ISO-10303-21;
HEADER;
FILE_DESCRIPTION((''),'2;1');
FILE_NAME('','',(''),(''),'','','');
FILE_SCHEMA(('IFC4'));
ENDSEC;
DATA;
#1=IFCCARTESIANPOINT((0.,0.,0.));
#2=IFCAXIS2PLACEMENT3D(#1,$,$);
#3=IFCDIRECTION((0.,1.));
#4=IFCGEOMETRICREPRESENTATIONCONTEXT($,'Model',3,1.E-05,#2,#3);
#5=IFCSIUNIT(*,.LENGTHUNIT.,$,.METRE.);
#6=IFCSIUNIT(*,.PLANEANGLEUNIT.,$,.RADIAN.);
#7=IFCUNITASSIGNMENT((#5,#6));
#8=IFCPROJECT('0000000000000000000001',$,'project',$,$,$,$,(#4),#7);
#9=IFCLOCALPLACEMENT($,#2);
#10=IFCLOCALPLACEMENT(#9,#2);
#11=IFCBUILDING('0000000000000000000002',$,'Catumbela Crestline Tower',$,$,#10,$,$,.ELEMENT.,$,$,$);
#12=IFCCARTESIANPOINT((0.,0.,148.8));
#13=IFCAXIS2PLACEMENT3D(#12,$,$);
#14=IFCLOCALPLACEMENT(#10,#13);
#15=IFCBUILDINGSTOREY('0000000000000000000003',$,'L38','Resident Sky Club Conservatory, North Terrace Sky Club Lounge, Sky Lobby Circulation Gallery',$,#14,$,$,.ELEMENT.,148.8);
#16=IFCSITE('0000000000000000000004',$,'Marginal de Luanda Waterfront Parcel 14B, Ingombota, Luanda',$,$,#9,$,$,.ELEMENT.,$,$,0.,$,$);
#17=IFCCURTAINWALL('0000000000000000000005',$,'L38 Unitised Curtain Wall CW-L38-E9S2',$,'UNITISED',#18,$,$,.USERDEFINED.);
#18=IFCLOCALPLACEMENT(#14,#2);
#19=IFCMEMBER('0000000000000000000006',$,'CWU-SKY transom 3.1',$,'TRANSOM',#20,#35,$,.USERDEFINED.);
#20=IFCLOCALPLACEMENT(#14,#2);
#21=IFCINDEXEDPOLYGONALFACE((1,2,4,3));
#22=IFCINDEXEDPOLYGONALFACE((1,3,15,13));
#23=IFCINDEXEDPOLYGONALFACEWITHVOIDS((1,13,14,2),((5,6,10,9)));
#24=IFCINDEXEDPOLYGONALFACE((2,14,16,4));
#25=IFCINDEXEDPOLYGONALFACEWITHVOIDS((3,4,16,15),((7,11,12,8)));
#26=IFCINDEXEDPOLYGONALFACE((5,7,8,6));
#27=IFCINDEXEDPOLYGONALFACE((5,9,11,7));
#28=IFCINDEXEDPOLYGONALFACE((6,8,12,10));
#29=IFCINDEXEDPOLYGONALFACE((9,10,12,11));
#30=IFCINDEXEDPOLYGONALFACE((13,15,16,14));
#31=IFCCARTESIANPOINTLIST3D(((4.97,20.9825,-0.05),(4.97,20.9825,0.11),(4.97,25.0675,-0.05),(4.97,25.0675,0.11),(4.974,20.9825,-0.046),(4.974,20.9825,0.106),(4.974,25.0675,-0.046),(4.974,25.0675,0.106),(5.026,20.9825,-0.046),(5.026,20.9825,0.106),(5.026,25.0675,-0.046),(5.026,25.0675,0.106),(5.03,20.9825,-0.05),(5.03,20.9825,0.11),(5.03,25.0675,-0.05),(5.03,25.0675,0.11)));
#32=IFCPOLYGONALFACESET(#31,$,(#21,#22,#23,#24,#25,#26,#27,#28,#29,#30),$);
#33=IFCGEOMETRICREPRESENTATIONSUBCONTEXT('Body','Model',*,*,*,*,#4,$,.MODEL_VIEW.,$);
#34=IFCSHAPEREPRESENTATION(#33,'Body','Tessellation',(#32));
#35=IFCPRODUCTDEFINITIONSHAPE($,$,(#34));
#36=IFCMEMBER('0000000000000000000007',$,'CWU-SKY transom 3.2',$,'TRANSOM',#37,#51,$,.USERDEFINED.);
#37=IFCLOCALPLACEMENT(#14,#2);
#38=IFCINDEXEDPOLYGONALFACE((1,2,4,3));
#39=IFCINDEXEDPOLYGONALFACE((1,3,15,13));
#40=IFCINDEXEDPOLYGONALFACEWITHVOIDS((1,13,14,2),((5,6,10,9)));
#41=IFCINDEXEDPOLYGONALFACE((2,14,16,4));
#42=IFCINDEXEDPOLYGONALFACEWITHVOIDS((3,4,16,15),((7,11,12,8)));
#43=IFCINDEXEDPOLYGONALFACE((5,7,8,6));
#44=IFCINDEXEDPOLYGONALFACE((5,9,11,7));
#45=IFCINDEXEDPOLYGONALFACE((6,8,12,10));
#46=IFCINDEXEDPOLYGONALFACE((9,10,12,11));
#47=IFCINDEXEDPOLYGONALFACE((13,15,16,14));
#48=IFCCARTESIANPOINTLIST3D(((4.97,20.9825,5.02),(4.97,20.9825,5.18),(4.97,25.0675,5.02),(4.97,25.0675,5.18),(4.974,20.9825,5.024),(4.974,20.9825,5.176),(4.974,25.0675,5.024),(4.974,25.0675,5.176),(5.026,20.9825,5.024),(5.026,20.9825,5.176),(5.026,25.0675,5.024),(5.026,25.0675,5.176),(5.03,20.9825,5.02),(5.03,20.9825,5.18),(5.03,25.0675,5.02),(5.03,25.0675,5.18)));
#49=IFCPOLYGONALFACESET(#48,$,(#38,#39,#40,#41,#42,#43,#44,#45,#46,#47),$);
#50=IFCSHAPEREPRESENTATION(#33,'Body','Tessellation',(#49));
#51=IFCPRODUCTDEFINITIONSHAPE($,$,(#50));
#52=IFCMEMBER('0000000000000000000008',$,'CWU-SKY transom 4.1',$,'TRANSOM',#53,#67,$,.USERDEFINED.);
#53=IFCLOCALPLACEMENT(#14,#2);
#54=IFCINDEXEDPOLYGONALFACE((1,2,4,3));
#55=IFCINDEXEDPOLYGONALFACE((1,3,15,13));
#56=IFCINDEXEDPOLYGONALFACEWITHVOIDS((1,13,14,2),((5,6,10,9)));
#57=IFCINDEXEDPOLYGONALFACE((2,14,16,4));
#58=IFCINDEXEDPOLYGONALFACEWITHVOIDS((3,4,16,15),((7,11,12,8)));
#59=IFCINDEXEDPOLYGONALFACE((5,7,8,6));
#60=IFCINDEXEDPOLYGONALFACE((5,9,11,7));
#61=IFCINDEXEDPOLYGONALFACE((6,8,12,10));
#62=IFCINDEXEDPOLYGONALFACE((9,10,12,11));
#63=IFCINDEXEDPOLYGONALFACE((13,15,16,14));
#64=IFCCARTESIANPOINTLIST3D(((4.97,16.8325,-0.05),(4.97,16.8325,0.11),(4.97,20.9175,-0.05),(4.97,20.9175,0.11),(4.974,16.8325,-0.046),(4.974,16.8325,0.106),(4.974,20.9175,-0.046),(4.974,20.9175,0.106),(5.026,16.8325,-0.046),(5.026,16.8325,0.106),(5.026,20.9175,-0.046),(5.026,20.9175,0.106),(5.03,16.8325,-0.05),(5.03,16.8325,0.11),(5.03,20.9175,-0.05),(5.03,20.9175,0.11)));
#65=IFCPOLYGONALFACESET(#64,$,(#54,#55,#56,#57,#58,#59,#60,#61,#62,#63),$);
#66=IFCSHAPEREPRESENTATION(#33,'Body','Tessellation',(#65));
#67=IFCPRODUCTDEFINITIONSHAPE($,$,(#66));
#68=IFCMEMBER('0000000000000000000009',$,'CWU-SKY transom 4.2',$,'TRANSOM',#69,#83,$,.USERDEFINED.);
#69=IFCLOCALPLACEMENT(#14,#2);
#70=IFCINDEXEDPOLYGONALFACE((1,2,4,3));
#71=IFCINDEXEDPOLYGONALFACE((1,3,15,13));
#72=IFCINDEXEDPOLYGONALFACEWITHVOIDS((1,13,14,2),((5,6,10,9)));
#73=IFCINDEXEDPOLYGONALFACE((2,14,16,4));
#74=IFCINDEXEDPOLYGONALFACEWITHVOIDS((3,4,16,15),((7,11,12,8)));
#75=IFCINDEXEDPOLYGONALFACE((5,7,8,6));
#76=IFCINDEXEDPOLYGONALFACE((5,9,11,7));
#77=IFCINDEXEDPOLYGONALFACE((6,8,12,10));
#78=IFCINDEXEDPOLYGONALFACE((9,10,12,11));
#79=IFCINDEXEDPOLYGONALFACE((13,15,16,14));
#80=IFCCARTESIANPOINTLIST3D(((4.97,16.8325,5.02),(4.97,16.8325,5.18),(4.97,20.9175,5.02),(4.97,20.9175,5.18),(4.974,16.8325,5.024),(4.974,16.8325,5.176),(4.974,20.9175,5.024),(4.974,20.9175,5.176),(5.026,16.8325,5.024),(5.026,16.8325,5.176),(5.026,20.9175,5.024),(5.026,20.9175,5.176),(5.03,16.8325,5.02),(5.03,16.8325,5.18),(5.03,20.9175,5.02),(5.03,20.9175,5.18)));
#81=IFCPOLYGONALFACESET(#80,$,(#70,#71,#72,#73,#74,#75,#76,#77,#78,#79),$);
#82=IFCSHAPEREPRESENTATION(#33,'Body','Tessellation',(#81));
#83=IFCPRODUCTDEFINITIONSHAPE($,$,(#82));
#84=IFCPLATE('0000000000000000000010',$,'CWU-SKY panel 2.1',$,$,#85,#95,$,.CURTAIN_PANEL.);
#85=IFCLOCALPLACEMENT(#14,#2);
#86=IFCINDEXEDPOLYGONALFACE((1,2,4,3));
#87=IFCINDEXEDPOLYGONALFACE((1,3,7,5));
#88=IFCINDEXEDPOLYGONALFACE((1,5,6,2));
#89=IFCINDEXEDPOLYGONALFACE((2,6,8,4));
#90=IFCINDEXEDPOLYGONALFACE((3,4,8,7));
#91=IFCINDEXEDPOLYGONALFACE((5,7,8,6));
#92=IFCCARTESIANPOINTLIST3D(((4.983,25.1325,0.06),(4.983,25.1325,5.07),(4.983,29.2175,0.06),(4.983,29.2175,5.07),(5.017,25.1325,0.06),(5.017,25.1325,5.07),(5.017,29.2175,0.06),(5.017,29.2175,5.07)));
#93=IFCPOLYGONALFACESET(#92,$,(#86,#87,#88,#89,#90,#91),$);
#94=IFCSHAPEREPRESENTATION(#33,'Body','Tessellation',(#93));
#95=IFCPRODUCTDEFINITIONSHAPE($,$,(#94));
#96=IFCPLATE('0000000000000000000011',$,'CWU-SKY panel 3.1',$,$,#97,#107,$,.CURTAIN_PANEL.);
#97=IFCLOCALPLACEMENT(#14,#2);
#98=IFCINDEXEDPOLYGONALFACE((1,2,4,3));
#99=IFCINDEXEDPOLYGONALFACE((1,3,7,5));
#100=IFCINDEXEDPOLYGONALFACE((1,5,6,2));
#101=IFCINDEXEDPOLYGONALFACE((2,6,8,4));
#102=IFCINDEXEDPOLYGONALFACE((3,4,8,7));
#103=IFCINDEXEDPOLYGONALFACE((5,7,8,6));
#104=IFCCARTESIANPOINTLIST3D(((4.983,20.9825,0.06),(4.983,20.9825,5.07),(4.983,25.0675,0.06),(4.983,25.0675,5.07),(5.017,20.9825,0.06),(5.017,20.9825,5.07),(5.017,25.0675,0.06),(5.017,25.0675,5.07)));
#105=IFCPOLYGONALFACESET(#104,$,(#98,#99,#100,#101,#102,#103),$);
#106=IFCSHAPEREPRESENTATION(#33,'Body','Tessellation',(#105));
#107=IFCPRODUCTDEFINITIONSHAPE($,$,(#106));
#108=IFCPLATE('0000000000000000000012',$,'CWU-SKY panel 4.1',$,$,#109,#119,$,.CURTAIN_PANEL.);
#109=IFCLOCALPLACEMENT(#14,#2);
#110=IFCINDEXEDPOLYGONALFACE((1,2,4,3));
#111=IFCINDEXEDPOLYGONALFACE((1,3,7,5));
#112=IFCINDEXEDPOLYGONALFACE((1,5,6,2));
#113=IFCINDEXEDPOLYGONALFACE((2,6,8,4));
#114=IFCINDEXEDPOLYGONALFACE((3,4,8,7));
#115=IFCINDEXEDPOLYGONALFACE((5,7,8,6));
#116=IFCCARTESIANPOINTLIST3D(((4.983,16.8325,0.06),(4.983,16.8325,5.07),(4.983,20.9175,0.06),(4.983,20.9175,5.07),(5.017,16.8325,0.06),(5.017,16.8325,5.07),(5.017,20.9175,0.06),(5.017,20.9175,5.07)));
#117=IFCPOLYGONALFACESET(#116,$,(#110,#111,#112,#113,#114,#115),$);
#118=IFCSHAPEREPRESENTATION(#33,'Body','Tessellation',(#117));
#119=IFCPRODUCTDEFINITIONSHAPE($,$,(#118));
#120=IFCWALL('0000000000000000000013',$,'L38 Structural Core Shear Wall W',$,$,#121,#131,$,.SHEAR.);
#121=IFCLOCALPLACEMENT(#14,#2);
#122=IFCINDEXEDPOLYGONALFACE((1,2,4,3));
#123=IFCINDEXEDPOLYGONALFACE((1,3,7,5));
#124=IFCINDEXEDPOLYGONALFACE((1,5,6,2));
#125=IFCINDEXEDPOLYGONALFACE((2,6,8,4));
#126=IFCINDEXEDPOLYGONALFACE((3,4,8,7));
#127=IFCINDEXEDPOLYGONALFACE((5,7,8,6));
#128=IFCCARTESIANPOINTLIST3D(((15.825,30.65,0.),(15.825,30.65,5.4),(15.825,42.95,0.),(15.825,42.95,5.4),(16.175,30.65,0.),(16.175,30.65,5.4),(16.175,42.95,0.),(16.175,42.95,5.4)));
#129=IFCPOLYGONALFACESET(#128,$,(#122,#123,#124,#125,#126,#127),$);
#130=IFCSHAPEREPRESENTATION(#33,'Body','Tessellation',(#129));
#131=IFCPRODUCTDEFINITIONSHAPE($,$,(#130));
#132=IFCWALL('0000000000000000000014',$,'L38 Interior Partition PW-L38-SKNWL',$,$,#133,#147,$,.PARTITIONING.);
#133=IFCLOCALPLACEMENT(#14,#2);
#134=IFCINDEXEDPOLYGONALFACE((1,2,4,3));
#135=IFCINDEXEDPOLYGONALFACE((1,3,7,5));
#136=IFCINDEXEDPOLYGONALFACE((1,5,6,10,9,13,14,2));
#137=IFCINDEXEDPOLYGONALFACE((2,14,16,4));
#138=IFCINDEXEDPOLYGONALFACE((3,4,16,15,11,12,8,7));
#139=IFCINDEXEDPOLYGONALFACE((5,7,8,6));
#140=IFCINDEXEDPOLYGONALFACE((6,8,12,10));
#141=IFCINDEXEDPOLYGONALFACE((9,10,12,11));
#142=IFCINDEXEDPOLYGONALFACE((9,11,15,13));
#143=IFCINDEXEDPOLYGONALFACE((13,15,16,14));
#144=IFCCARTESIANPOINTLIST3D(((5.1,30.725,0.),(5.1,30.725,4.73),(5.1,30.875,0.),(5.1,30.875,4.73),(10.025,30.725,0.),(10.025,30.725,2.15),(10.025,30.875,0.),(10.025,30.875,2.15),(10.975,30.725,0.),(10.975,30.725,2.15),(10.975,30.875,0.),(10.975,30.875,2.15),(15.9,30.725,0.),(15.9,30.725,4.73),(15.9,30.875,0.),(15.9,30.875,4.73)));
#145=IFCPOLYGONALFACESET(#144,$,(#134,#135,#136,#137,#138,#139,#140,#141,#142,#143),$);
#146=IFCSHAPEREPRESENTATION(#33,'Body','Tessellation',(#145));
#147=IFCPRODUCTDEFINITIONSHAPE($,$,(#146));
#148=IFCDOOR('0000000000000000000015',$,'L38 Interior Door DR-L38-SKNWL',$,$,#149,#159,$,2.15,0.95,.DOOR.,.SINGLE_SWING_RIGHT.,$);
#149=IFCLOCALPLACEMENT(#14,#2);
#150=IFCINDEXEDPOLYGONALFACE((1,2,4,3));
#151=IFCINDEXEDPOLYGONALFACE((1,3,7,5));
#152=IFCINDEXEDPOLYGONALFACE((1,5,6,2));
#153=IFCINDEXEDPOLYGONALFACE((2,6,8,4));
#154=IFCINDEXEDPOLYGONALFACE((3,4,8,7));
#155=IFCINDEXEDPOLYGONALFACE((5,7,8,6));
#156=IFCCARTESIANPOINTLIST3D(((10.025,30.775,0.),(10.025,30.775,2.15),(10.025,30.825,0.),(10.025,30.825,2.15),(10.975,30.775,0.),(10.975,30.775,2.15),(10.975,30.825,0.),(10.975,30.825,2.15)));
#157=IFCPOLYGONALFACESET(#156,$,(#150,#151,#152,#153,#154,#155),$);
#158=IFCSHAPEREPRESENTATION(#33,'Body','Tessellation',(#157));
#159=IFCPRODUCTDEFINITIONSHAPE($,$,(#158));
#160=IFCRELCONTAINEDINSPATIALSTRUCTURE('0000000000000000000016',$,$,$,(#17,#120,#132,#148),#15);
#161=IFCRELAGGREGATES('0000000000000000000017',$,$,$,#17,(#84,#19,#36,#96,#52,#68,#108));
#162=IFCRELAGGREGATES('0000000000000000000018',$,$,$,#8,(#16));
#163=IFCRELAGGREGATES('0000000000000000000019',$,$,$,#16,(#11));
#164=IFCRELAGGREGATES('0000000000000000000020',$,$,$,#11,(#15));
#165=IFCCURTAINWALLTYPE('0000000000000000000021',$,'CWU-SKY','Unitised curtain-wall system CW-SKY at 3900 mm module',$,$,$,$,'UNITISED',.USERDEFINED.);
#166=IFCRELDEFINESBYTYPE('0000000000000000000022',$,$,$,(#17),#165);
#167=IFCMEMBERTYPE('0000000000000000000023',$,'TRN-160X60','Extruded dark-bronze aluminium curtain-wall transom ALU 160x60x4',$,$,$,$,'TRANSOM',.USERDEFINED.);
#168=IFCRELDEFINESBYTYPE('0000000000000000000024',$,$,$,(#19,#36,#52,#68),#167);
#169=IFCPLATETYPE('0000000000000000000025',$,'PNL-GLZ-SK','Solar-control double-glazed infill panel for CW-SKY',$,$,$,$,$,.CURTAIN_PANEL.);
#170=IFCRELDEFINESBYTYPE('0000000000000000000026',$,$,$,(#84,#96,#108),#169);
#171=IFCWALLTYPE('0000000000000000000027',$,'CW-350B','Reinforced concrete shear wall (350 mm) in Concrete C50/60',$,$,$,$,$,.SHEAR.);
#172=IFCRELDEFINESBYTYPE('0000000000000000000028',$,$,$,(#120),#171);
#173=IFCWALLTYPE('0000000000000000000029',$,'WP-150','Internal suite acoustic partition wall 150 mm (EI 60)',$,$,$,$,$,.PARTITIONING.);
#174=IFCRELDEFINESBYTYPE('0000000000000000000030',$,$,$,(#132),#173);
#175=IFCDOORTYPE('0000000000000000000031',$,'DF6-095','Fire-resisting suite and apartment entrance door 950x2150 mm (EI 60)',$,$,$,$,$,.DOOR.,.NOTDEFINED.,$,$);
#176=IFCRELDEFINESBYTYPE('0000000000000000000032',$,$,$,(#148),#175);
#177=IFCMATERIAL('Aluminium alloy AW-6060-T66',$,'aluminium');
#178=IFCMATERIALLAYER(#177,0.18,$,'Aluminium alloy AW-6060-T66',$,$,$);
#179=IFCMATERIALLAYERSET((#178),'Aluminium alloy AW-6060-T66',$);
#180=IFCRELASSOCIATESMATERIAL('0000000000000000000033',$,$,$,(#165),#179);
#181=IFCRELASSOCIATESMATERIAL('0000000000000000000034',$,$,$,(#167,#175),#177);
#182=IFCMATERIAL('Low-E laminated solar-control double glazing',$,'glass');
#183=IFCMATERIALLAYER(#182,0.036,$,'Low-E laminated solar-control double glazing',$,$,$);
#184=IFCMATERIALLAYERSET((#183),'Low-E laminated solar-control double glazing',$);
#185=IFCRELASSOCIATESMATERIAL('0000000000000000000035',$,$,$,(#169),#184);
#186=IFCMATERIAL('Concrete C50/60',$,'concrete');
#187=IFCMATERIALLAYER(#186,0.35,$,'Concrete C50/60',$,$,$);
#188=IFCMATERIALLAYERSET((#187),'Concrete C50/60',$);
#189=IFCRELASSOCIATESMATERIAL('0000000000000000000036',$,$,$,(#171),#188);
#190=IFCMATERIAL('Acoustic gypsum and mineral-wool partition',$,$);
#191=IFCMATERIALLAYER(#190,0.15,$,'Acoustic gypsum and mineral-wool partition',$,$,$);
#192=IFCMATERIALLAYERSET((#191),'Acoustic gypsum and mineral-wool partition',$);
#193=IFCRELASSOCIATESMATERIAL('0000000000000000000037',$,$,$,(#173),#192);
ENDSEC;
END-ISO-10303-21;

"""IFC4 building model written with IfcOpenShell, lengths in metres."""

from ifc_helpers import new_model, si_unit, direction, frame, frame_2d, origin, origin_2d, place, context, subcontext, project, spatial, rectangle, hollow_rectangle, extrude, material, layer, layer_set, material_profile, profile_set, type_object, element, fill, aggregate, save


model = new_model("IFC4")

# Units and contexts
model_context = context("Model", 3, precision=1e-05, world=origin(), true_north=direction((0.0, 1.0)))
body_context = subcontext(model_context, "Body", "Model", "MODEL_VIEW")
ifc_project = project(units=[si_unit("LENGTHUNIT", "METRE"), si_unit("PLANEANGLEUNIT", "RADIAN")], contexts=[model_context])

# Site, building, storey
site_placement = place(None, origin())
site = spatial("IfcSite", under=ifc_project, at=site_placement, Name="Marginal de Luanda Waterfront Parcel 14B, Ingombota, Luanda", CompositionType="ELEMENT", RefElevation=0.0)
building_placement = place(site_placement, origin())
building = spatial("IfcBuilding", under=site, at=building_placement, Name="Catumbela Crestline Tower", CompositionType="ELEMENT")
storey_placement = place(building_placement, frame((0.0, 0.0, 148.8)))
storey = spatial("IfcBuildingStorey", under=building, at=storey_placement, Name="L38", Description="Resident Sky Club Conservatory, North Terrace Sky Club Lounge, Sky Lobby Circulation Gallery", CompositionType="ELEMENT", Elevation=148.8)

# Shared definitions
ifc_material_1 = material(Name="Concrete C50/60", Category="concrete")

# Curtain wall
ifc_material_2 = material(Name="Aluminium alloy AW-6060-T66", Category="aluminium")
ifc_layer_1 = layer(ifc_material_2, 0.18, Name="Aluminium alloy AW-6060-T66")
ifc_layer_set_1 = layer_set([ifc_layer_1], Name="Aluminium alloy AW-6060-T66")
curtain_wall_type = type_object("IfcCurtainWallType", Name="CWU-SKY", Description="Unitised curtain-wall system CW-SKY at 3900 mm module", ElementType="UNITISED", PredefinedType="USERDEFINED", material=ifc_layer_set_1)
curtain_wall_placement = place(storey_placement, origin())
curtain_wall = element("IfcCurtainWall", 1, at=curtain_wall_placement, inside=storey, type_object=curtain_wall_type, Name="L38 Unitised Curtain Wall CW-L38-E9S2", ObjectType="UNITISED", PredefinedType="USERDEFINED")

# Members
ifc_material_profile_1 = material_profile(ifc_material_2, hollow_rectangle(XDim=0.06, YDim=0.16, WallThickness=0.004, at=origin_2d()), Name="ALU 160x60x4")
ifc_profile_set_1 = profile_set([ifc_material_profile_1], Name="Aluminium alloy AW-6060-T66")
member_type_1 = type_object("IfcMemberType", Name="TRN-160X60", Description="Extruded dark-bronze aluminium curtain-wall transom ALU 160x60x4", ElementType="TRANSOM", PredefinedType="USERDEFINED", material=ifc_profile_set_1)
member_1_placement = place(storey_placement, frame((5.0, 25.0675, 0.03), z_axis=(0.0, -1.0, 0.0), x_axis=(1.0, 0.0, 0.0)))
member_1 = element("IfcMember", 2, at=member_1_placement, type_object=member_type_1, Name="CWU-SKY transom 3.1", ObjectType="TRANSOM", PredefinedType="USERDEFINED", context=body_context, shape_type="SweptSolid", body=[
    extrude(hollow_rectangle(XDim=0.06, YDim=0.16, WallThickness=0.004, at=origin_2d()), origin(), (0.0, 0.0, 1.0), 4.085),
])
member_2_placement = place(storey_placement, frame((5.0, 25.0675, 5.1), z_axis=(0.0, -1.0, 0.0), x_axis=(1.0, 0.0, 0.0)))
member_2 = element("IfcMember", 3, at=member_2_placement, type_object=member_type_1, Name="CWU-SKY transom 3.2", ObjectType="TRANSOM", PredefinedType="USERDEFINED", context=body_context, shape_type="SweptSolid", body=[
    extrude(hollow_rectangle(XDim=0.06, YDim=0.16, WallThickness=0.004, at=origin_2d()), origin(), (0.0, 0.0, 1.0), 4.085),
])
member_3_placement = place(storey_placement, frame((5.0, 20.9175, 0.03), z_axis=(0.0, -1.0, 0.0), x_axis=(1.0, 0.0, 0.0)))
member_3 = element("IfcMember", 4, at=member_3_placement, type_object=member_type_1, Name="CWU-SKY transom 4.1", ObjectType="TRANSOM", PredefinedType="USERDEFINED", context=body_context, shape_type="SweptSolid", body=[
    extrude(hollow_rectangle(XDim=0.06, YDim=0.16, WallThickness=0.004, at=origin_2d()), origin(), (0.0, 0.0, 1.0), 4.085),
])
member_4_placement = place(storey_placement, frame((5.0, 20.9175, 5.1), z_axis=(0.0, -1.0, 0.0), x_axis=(1.0, 0.0, 0.0)))
member_4 = element("IfcMember", 5, at=member_4_placement, type_object=member_type_1, Name="CWU-SKY transom 4.2", ObjectType="TRANSOM", PredefinedType="USERDEFINED", context=body_context, shape_type="SweptSolid", body=[
    extrude(hollow_rectangle(XDim=0.06, YDim=0.16, WallThickness=0.004, at=origin_2d()), origin(), (0.0, 0.0, 1.0), 4.085),
])

# Plates
ifc_material_3 = material(Name="Low-E laminated solar-control double glazing", Category="glass")
ifc_layer_2 = layer(ifc_material_3, 0.036, Name="Low-E laminated solar-control double glazing")
ifc_layer_set_2 = layer_set([ifc_layer_2], Name="Low-E laminated solar-control double glazing")
plate_type = type_object("IfcPlateType", Name="PNL-GLZ-SK", Description="Solar-control double-glazed infill panel for CW-SKY", PredefinedType="CURTAIN_PANEL", material=ifc_layer_set_2)
plate_1_placement = place(storey_placement, frame((5.0, 27.175, 0.06), z_axis=(0.0, 0.0, 1.0), x_axis=(0.0, -1.0, 0.0)))
plate_1 = element("IfcPlate", 6, at=plate_1_placement, type_object=plate_type, Name="CWU-SKY panel 2.1", PredefinedType="CURTAIN_PANEL", context=body_context, shape_type="SweptSolid", body=[
    extrude(rectangle(XDim=4.085, YDim=0.034, at=origin_2d()), origin(), (0.0, 0.0, 1.0), 5.01),
])
plate_2_placement = place(storey_placement, frame((5.0, 23.025, 0.06), z_axis=(0.0, 0.0, 1.0), x_axis=(0.0, -1.0, 0.0)))
plate_2 = element("IfcPlate", 7, at=plate_2_placement, type_object=plate_type, Name="CWU-SKY panel 3.1", PredefinedType="CURTAIN_PANEL", context=body_context, shape_type="SweptSolid", body=[
    extrude(rectangle(XDim=4.085, YDim=0.034, at=origin_2d()), origin(), (0.0, 0.0, 1.0), 5.01),
])
plate_3_placement = place(storey_placement, frame((5.0, 18.875, 0.06), z_axis=(0.0, 0.0, 1.0), x_axis=(0.0, -1.0, 0.0)))
plate_3 = element("IfcPlate", 8, at=plate_3_placement, type_object=plate_type, Name="CWU-SKY panel 4.1", PredefinedType="CURTAIN_PANEL", context=body_context, shape_type="SweptSolid", body=[
    extrude(rectangle(XDim=4.085, YDim=0.034, at=origin_2d()), origin(), (0.0, 0.0, 1.0), 5.01),
])
aggregate(curtain_wall, [plate_1, member_1, member_2, plate_2, member_3, member_4, plate_3])

# Wall
ifc_layer_3 = layer(ifc_material_1, 0.35, Name="Concrete C50/60")
ifc_layer_set_3 = layer_set([ifc_layer_3], Name="Concrete C50/60")
wall_type_1 = type_object("IfcWallType", Name="CW-350B", Description="Reinforced concrete shear wall (350 mm) in Concrete C50/60", PredefinedType="SHEAR", material=ifc_layer_set_3)
wall_1_placement = place(storey_placement, frame((16.0, 30.65, 0.0), z_axis=(0.0, 0.0, 1.0), x_axis=(0.0, 1.0, 0.0)))
element("IfcWall", 9, at=wall_1_placement, inside=storey, type_object=wall_type_1, Name="L38 Structural Core Shear Wall W", PredefinedType="SHEAR", context=body_context, shape_type="SweptSolid", body=[
    extrude(rectangle(XDim=12.3, YDim=0.35, at=frame_2d((6.15, 0.0))), origin(), (0.0, 0.0, 1.0), 5.4),
])

# Wall, opening, door
ifc_material_4 = material(Name="Acoustic gypsum and mineral-wool partition")
ifc_layer_4 = layer(ifc_material_4, 0.15, Name="Acoustic gypsum and mineral-wool partition")
ifc_layer_set_4 = layer_set([ifc_layer_4], Name="Acoustic gypsum and mineral-wool partition")
wall_type_2 = type_object("IfcWallType", Name="WP-150", Description="Internal suite acoustic partition wall 150 mm (EI 60)", PredefinedType="PARTITIONING", material=ifc_layer_set_4)
wall_2_placement = place(storey_placement, frame((5.1, 30.8, 0.0), z_axis=(0.0, 0.0, 1.0), x_axis=(1.0, 0.0, 0.0)))
wall_2 = element("IfcWall", 10, at=wall_2_placement, inside=storey, type_object=wall_type_2, Name="L38 Interior Partition PW-L38-SKNWL", PredefinedType="PARTITIONING", context=body_context, shape_type="SweptSolid", body=[
    extrude(rectangle(XDim=10.8, YDim=0.15, at=frame_2d((5.4, 0.0))), origin(), (0.0, 0.0, 1.0), 4.73),
])
opening_1_placement = place(wall_2_placement, frame((4.925, 0.0, 0.0)))
opening_1 = element("IfcOpeningElement", 11, at=opening_1_placement, cuts=wall_2, PredefinedType="OPENING", context=body_context, shape_type="SweptSolid", body=[
    extrude(rectangle(XDim=0.95, YDim=2.15, at=frame_2d((0.475, 1.075))), frame((0.0, 0.085, 0.0), z_axis=(0.0, -1.0, 0.0), x_axis=(1.0, 0.0, 0.0)), (0.0, 0.0, 1.0), 0.17),
])
door_type_1 = type_object("IfcDoorType", Name="DF6-095", Description="Fire-resisting suite and apartment entrance door 950x2150 mm (EI 60)", OperationType="NOTDEFINED", PredefinedType="DOOR", material=ifc_material_2)
door_1_placement = place(opening_1_placement, origin())
door_1 = element("IfcDoor", 12, at=door_1_placement, inside=storey, type_object=door_type_1, Name="L38 Interior Door DR-L38-SKNWL", OperationType="SINGLE_SWING_RIGHT", OverallHeight=2.15, OverallWidth=0.95, PredefinedType="DOOR", context=body_context, shape_type="SweptSolid", body=[
    extrude(rectangle(XDim=0.95, YDim=2.15, at=frame_2d((0.475, 1.075))), frame((0.0, 0.025, 0.0), z_axis=(0.0, -1.0, 0.0), x_axis=(1.0, 0.0, 0.0)), (0.0, 0.0, 1.0), 0.05),
])
fill(opening_1, door_1)

save(model, "model.ifc")
